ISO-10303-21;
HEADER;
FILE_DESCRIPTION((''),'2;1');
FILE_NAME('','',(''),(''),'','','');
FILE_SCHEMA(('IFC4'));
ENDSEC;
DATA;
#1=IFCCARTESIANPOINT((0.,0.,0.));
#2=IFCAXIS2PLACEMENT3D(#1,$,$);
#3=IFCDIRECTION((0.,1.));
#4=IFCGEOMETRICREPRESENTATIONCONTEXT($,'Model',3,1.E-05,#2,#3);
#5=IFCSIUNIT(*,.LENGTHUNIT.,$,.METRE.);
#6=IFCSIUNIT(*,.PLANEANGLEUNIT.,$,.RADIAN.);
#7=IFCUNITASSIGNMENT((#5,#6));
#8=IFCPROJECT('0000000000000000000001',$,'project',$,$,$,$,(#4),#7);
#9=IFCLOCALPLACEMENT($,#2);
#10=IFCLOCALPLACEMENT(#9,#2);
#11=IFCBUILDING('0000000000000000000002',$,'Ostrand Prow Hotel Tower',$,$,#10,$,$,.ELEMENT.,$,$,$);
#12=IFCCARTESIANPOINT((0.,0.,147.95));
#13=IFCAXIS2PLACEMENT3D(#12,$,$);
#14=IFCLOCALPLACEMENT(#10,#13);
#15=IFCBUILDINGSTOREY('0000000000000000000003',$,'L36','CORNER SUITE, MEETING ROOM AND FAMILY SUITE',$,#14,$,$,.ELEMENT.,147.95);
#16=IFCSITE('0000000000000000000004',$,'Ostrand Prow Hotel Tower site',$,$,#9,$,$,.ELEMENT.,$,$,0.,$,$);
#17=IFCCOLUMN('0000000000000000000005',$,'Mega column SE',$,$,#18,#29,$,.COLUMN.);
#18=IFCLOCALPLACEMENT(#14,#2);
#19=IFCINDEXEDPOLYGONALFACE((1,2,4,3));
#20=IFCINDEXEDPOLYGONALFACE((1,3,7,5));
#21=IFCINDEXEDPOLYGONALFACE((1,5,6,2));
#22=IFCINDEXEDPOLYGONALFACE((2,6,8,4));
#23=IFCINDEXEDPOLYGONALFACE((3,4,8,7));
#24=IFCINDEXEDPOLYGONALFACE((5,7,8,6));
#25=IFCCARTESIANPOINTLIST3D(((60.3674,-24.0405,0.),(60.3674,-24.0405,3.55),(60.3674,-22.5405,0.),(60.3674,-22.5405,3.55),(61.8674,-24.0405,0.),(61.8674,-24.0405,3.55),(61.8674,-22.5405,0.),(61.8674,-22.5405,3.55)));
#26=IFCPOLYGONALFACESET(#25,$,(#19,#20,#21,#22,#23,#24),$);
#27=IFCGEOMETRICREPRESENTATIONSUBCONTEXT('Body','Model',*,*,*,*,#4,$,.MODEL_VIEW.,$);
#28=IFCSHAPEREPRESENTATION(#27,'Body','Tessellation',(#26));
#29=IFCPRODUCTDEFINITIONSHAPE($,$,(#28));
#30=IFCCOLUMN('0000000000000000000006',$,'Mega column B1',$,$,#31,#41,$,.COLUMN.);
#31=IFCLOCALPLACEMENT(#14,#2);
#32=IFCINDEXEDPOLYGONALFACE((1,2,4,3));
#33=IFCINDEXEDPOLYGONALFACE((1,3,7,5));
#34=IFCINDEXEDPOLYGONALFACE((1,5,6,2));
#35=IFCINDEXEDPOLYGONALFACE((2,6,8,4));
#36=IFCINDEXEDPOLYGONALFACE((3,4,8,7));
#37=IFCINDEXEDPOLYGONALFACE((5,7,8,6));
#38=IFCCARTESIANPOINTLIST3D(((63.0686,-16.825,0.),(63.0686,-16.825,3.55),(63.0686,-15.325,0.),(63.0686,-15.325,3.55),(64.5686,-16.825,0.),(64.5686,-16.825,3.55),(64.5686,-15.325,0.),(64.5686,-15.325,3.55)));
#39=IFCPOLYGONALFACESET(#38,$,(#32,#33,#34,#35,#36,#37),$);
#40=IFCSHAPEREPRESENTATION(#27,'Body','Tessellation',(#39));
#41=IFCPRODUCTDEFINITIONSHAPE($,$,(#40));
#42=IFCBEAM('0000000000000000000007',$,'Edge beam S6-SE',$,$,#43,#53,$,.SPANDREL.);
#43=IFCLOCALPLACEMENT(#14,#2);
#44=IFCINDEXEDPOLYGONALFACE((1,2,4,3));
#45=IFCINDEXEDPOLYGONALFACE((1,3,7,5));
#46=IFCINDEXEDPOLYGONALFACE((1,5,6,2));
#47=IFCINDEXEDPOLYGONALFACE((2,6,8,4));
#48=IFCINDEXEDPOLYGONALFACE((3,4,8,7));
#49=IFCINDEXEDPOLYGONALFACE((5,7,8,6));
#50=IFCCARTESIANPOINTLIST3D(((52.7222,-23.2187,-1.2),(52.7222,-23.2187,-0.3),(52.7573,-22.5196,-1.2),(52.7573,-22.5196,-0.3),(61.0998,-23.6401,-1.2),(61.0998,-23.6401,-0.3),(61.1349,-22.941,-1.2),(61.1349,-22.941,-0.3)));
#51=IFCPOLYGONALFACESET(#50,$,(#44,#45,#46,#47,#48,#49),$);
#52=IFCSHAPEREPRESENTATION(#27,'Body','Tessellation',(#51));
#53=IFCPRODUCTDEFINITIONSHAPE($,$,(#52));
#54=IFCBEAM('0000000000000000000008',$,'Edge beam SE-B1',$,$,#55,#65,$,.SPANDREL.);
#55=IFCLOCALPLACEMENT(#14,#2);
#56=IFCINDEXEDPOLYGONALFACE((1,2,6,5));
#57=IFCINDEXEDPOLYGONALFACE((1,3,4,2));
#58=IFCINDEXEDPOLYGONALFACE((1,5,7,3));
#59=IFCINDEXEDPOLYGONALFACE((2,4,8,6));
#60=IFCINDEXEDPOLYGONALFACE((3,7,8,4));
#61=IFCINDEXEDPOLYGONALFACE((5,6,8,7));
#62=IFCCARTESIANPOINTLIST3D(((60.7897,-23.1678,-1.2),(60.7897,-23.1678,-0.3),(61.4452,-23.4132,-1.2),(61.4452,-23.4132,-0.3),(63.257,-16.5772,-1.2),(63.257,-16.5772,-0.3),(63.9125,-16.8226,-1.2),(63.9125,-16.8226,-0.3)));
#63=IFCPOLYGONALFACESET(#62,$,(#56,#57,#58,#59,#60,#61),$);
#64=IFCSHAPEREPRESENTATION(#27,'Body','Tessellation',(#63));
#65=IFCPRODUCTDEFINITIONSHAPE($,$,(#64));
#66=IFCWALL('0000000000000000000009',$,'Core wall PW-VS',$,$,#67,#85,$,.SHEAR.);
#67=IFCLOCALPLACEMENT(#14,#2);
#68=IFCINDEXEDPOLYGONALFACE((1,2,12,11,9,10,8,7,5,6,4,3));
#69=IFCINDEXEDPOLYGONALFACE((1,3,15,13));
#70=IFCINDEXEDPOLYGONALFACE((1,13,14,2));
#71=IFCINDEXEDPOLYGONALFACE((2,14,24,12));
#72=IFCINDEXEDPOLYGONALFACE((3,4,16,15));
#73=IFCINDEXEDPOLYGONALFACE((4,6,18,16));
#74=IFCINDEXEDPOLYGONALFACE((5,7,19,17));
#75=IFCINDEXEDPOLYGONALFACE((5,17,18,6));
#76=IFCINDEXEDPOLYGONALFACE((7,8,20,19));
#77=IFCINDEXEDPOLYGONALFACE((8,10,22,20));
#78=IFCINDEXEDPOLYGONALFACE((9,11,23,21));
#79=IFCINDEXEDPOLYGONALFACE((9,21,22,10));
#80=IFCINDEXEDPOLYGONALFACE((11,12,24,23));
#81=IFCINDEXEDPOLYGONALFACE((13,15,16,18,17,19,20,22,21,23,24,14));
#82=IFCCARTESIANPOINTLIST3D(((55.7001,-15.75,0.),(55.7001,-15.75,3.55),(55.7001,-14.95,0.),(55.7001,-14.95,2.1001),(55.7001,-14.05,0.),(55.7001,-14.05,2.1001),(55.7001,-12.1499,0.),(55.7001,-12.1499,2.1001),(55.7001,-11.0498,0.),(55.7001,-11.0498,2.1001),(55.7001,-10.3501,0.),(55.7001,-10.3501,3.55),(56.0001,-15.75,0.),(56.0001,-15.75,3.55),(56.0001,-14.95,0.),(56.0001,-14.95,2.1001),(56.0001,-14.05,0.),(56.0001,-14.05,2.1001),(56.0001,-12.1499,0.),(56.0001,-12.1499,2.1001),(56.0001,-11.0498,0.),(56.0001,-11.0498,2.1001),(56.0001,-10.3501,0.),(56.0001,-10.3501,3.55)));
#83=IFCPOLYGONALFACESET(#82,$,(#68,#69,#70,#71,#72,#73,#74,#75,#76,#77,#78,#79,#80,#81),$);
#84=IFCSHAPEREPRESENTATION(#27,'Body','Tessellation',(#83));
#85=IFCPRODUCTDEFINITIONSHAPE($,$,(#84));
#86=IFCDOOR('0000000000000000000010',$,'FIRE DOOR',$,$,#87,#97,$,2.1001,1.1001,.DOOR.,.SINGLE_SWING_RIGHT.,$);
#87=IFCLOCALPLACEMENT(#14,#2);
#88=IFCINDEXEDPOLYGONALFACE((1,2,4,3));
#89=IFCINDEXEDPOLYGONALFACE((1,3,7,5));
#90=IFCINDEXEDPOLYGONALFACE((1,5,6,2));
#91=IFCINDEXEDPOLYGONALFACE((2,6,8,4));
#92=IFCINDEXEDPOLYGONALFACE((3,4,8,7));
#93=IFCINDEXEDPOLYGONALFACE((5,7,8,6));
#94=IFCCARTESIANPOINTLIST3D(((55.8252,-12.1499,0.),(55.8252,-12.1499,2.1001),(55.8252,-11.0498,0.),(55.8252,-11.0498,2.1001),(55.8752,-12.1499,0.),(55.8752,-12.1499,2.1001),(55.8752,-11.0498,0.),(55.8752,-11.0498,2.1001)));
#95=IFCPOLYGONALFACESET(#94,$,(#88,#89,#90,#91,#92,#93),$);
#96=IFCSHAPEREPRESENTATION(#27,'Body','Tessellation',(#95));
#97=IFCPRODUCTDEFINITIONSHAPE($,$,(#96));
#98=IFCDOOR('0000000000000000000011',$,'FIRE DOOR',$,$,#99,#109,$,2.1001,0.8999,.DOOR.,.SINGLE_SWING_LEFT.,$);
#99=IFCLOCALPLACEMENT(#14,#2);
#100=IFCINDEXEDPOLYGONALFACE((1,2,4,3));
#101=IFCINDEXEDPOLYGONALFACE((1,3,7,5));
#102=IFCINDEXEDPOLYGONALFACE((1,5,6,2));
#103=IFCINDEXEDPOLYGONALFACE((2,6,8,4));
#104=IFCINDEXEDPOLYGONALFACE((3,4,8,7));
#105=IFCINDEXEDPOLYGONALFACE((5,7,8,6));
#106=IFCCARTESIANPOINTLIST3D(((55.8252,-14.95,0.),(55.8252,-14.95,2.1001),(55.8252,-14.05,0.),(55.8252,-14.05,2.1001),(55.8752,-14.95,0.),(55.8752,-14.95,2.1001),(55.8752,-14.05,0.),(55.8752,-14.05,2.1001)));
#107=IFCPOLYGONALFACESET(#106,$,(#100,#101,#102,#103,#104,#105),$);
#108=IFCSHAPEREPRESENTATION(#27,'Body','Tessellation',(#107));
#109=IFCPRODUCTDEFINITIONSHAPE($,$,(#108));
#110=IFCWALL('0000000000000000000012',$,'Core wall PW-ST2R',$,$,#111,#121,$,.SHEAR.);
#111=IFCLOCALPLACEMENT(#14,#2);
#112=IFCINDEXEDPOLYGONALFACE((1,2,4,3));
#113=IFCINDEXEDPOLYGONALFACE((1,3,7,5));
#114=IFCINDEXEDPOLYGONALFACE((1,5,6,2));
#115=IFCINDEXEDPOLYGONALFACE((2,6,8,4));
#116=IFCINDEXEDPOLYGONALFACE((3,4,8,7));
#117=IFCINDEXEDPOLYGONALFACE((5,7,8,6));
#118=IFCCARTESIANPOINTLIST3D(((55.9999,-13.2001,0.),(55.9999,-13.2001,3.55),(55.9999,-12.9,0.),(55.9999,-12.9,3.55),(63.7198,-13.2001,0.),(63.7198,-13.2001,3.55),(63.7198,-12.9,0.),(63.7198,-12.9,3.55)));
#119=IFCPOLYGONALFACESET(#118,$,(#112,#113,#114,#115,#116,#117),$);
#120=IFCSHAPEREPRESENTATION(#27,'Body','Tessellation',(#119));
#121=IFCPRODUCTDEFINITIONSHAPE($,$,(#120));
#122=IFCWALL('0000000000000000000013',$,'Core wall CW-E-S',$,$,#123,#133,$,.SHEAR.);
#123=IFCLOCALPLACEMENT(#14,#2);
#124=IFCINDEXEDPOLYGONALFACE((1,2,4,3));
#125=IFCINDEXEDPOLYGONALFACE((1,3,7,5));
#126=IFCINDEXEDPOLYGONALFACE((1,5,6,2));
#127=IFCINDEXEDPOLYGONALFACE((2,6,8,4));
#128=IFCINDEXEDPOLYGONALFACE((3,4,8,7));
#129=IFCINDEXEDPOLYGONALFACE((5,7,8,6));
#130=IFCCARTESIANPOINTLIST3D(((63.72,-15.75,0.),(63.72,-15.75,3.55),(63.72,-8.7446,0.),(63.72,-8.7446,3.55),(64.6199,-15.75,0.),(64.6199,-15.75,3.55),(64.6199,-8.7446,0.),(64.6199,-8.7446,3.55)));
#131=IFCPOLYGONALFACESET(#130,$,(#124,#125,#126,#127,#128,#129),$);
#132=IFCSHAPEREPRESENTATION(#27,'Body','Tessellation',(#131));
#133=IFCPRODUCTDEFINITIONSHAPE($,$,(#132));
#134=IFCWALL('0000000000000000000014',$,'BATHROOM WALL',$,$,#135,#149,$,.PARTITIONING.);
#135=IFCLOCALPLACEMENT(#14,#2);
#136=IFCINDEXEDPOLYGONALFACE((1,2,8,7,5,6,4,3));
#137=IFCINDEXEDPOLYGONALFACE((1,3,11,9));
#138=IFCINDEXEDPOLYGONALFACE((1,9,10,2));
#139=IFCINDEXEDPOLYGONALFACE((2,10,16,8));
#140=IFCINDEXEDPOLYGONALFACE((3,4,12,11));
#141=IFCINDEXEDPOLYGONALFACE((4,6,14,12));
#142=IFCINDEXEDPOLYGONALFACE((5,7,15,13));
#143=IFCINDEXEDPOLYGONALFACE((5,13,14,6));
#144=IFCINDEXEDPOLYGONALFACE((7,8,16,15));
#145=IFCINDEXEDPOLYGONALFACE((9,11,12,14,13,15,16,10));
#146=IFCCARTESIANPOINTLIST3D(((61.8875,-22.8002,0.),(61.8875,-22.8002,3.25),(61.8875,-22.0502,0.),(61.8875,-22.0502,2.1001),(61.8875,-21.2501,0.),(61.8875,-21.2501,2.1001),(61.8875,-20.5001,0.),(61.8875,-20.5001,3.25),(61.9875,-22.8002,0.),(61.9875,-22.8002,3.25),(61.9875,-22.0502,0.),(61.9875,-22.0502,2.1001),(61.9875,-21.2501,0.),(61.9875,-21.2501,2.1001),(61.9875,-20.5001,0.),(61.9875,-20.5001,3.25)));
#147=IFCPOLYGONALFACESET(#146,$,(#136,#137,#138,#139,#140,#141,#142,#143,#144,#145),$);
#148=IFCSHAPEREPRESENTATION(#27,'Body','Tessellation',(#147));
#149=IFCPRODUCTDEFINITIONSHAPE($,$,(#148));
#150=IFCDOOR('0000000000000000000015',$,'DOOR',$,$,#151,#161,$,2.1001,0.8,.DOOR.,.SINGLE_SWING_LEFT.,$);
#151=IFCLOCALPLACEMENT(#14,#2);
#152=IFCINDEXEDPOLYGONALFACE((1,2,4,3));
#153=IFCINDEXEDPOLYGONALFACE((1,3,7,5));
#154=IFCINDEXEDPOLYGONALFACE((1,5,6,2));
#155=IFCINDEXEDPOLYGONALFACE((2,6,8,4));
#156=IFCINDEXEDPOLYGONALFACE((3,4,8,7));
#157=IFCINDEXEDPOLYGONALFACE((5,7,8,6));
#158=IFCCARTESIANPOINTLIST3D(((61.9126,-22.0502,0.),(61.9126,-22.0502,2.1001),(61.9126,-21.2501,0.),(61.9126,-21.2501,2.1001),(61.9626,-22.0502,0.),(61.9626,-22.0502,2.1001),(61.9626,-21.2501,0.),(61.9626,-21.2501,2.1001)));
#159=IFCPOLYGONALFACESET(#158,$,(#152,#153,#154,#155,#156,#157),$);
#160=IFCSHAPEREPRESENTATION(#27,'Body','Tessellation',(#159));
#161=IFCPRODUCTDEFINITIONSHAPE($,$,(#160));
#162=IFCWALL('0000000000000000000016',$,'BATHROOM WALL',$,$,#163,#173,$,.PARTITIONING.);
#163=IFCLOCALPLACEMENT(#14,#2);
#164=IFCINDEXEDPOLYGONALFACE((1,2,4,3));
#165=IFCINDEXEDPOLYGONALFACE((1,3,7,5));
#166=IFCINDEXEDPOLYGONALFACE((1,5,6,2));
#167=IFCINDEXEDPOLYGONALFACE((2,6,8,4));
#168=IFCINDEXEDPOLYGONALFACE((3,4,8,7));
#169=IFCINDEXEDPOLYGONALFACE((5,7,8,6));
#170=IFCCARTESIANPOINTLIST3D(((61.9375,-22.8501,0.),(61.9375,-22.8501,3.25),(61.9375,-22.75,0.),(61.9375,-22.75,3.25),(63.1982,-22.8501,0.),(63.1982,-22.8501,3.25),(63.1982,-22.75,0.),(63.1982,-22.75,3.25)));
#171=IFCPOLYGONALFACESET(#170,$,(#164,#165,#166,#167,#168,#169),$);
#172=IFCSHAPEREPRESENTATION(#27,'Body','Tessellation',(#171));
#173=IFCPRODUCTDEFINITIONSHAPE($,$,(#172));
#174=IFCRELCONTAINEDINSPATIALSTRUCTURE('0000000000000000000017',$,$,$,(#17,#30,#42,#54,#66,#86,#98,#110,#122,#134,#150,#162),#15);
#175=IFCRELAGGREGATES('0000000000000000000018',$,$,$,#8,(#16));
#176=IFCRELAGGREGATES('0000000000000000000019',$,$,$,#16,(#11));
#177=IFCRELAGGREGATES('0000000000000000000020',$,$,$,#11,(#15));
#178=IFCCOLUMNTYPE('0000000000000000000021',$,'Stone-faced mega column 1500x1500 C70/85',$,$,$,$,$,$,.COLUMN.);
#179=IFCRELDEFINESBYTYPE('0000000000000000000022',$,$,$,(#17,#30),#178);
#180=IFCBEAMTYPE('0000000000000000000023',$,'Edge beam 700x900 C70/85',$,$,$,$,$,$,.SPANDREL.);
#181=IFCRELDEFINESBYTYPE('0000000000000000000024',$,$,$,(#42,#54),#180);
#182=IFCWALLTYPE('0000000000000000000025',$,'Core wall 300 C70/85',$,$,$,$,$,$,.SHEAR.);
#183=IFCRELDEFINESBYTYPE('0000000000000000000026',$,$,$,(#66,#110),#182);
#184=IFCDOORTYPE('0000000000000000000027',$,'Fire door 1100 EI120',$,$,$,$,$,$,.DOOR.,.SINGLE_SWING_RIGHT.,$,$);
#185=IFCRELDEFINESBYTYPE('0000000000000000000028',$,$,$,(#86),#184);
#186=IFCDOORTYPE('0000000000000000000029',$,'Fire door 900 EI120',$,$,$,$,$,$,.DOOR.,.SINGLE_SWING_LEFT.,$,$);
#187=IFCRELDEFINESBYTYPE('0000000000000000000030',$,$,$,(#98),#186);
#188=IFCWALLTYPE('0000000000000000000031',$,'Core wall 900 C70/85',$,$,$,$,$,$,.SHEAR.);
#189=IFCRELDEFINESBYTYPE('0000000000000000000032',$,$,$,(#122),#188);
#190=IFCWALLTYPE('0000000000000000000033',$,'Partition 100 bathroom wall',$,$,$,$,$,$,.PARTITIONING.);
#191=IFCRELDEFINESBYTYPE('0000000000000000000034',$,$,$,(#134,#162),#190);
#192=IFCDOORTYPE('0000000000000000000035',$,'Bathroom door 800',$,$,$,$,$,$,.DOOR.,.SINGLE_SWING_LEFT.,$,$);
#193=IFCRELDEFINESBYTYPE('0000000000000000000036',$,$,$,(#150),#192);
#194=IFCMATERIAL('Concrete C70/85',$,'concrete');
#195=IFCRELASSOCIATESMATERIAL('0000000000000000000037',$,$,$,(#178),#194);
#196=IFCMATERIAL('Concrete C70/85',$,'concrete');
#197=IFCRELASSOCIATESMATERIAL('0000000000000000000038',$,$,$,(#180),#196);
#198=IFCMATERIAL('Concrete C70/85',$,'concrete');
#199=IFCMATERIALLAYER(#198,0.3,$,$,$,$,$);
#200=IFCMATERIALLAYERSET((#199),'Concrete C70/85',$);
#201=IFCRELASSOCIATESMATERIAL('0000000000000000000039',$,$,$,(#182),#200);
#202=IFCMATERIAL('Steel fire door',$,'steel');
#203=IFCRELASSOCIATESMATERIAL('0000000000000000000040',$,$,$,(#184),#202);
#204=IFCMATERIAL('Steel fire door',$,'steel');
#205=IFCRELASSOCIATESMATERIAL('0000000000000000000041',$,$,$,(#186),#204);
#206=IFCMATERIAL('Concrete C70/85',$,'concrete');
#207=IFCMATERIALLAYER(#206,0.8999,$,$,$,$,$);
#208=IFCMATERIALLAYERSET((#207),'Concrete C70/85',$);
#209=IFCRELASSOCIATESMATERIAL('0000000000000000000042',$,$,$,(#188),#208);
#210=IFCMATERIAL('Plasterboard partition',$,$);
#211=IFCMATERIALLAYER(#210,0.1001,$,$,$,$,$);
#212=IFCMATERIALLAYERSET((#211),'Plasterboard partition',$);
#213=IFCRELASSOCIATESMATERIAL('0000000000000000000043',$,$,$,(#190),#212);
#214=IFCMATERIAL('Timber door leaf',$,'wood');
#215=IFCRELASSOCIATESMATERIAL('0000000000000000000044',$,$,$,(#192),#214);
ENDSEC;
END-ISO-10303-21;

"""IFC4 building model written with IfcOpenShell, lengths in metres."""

from ifc_helpers import new_model, si_unit, direction, frame, frame_2d, origin, origin_2d, place, context, subcontext, project, spatial, rectangle, extrude, material, layer, layer_set, material_profile, profile_set, type_object, element, fill, save


model = new_model("IFC4")

# Units and contexts
model_context = context("Model", 3, precision=1e-05, world=origin(), true_north=direction((0.0, 1.0)))
body_context = subcontext(model_context, "Body", "Model", "MODEL_VIEW")
ifc_project = project(units=[si_unit("LENGTHUNIT", "METRE"), si_unit("PLANEANGLEUNIT", "RADIAN")], contexts=[model_context])

# Site, building, storey
site_placement = place(None, origin())
site = spatial("IfcSite", under=ifc_project, at=site_placement, Name="Ostrand Prow Hotel Tower site", CompositionType="ELEMENT", RefElevation=0.0)
building_placement = place(site_placement, origin())
building = spatial("IfcBuilding", under=site, at=building_placement, Name="Ostrand Prow Hotel Tower", CompositionType="ELEMENT")
storey_placement = place(building_placement, frame((0.0, 0.0, 147.95)))
storey = spatial("IfcBuildingStorey", under=building, at=storey_placement, Name="L36", Description="CORNER SUITE, MEETING ROOM AND FAMILY SUITE", CompositionType="ELEMENT", Elevation=147.95)

# Columns
ifc_material_1 = material(Name="Concrete C70/85", Category="concrete")
ifc_material_profile_1 = material_profile(ifc_material_1, rectangle(XDim=1.5, YDim=1.5, at=origin_2d()), Name="RC 1500x1500")
ifc_profile_set_1 = profile_set([ifc_material_profile_1], Name="Concrete C70/85")
column_type = type_object("IfcColumnType", Name="Stone-faced mega column 1500x1500 C70/85", PredefinedType="COLUMN", material=ifc_profile_set_1)
for number, where, z_axis, x_axis, name in (
    (1, (61.1174, -23.2905, 0.0), (0.0, 0.0, 1.0), (1.0, 0.0, 0.0), "Mega column SE"),
    (2, (63.8186, -16.075, 0.0), (0.0, 0.0, 1.0), (1.0, 0.0, 0.0), "Mega column B1"),
):
    element("IfcColumn", number, at=place(storey_placement, frame(where, z_axis=z_axis, x_axis=x_axis)), inside=storey, type_object=column_type, Name=name, PredefinedType="COLUMN", context=body_context, shape_type="SweptSolid", body=[
        extrude(rectangle(XDim=1.5, YDim=1.5, at=origin_2d()), origin(), (0.0, 0.0, 1.0), 3.55),
    ])

# Beams
ifc_material_2 = material(Name="Concrete C70/85", Category="concrete")
ifc_material_profile_2 = material_profile(ifc_material_2, rectangle(XDim=0.7, YDim=0.8999, at=origin_2d()), Name="RC 700x900")
ifc_profile_set_2 = profile_set([ifc_material_profile_2], Name="Concrete C70/85")
beam_type = type_object("IfcBeamType", Name="Edge beam 700x900 C70/85", PredefinedType="SPANDREL", material=ifc_profile_set_2)
beam_1_placement = place(storey_placement, frame((52.7397, -22.8691, -0.75), z_axis=(0.998737, -0.050235, 0.0), x_axis=(0.050235, 0.998737, 0.0)))
element("IfcBeam", 3, at=beam_1_placement, inside=storey, type_object=beam_type, Name="Edge beam S6-SE", PredefinedType="SPANDREL", context=body_context, shape_type="SweptSolid", body=[
    extrude(rectangle(XDim=0.7, YDim=0.8999, at=origin_2d()), origin(), (0.0, 0.0, 1.0), 8.3882),
])
beam_2_placement = place(storey_placement, frame((61.1174, -23.2905, -0.75), z_axis=(0.350603, 0.936524, 0.0), x_axis=(-0.936524, 0.350603, 0.0)))
element("IfcBeam", 4, at=beam_2_placement, inside=storey, type_object=beam_type, Name="Edge beam SE-B1", PredefinedType="SPANDREL", context=body_context, shape_type="SweptSolid", body=[
    extrude(rectangle(XDim=0.7, YDim=0.8999, at=origin_2d()), origin(), (0.0, 0.0, 1.0), 7.0374),
])

# Wall, openings, doors
ifc_material_3 = material(Name="Concrete C70/85", Category="concrete")
ifc_layer_1 = layer(ifc_material_3, 0.3)
ifc_layer_set_1 = layer_set([ifc_layer_1], Name="Concrete C70/85")
wall_type_1 = type_object("IfcWallType", Name="Core wall 300 C70/85", PredefinedType="SHEAR", material=ifc_layer_set_1)
wall_1_placement = place(storey_placement, frame((55.8501, -15.75, 0.0), z_axis=(0.0, 0.0, 1.0), x_axis=(0.0, 1.0, 0.0)))
wall_1 = element("IfcWall", 5, at=wall_1_placement, inside=storey, type_object=wall_type_1, Name="Core wall PW-VS", PredefinedType="SHEAR", context=body_context, shape_type="SweptSolid", body=[
    extrude(rectangle(XDim=5.3999, YDim=0.3, at=frame_2d((2.7, 0.0))), origin(), (0.0, 0.0, 1.0), 3.55),
])
opening_1_placement = place(wall_1_placement, frame((3.6001, 0.0, 0.0)))
opening_1 = element("IfcOpeningElement", 6, at=opening_1_placement, cuts=wall_1, PredefinedType="OPENING", context=body_context, shape_type="SweptSolid", body=[
    extrude(rectangle(XDim=1.1001, YDim=2.1001, at=frame_2d((0.55, 1.05))), frame((0.0, 0.1599, 0.0), z_axis=(0.0, -1.0, 0.0), x_axis=(1.0, 0.0, 0.0)), (0.0, 0.0, 1.0), 0.3201),
])
opening_2_placement = place(wall_1_placement, frame((0.8, 0.0, 0.0)))
opening_2 = element("IfcOpeningElement", 7, at=opening_2_placement, cuts=wall_1, PredefinedType="OPENING", context=body_context, shape_type="SweptSolid", body=[
    extrude(rectangle(XDim=0.8999, YDim=2.1001, at=frame_2d((0.45, 1.05))), frame((0.0, 0.1599, 0.0), z_axis=(0.0, -1.0, 0.0), x_axis=(1.0, 0.0, 0.0)), (0.0, 0.0, 1.0), 0.3201),
])
ifc_material_4 = material(Name="Steel fire door", Category="steel")
door_type_1 = type_object("IfcDoorType", Name="Fire door 1100 EI120", OperationType="SINGLE_SWING_RIGHT", PredefinedType="DOOR", material=ifc_material_4)
door_1_placement = place(opening_1_placement, origin())
door_1 = element("IfcDoor", 8, at=door_1_placement, inside=storey, type_object=door_type_1, Name="FIRE DOOR", OperationType="SINGLE_SWING_RIGHT", OverallHeight=2.1001, OverallWidth=1.1001, PredefinedType="DOOR", context=body_context, shape_type="SweptSolid", body=[
    extrude(rectangle(XDim=1.1001, YDim=2.1001, at=frame_2d((0.55, 1.05))), frame((0.0, 0.0249, 0.0), z_axis=(0.0, -1.0, 0.0), x_axis=(1.0, 0.0, 0.0)), (0.0, 0.0, 1.0), 0.05),
])
fill(opening_1, door_1)
ifc_material_5 = material(Name="Steel fire door", Category="steel")
door_type_2 = type_object("IfcDoorType", Name="Fire door 900 EI120", OperationType="SINGLE_SWING_LEFT", PredefinedType="DOOR", material=ifc_material_5)
door_2_placement = place(opening_2_placement, origin())
door_2 = element("IfcDoor", 9, at=door_2_placement, inside=storey, type_object=door_type_2, Name="FIRE DOOR", OperationType="SINGLE_SWING_LEFT", OverallHeight=2.1001, OverallWidth=0.8999, PredefinedType="DOOR", context=body_context, shape_type="SweptSolid", body=[
    extrude(rectangle(XDim=0.8999, YDim=2.1001, at=frame_2d((0.45, 1.05))), frame((0.0, 0.0249, 0.0), z_axis=(0.0, -1.0, 0.0), x_axis=(1.0, 0.0, 0.0)), (0.0, 0.0, 1.0), 0.05),
])
fill(opening_2, door_2)

# Walls
wall_2_placement = place(storey_placement, frame((56.0, -13.05, 0.0), z_axis=(0.0, 0.0, 1.0), x_axis=(1.0, 0.0, 0.0)))
element("IfcWall", 10, at=wall_2_placement, inside=storey, type_object=wall_type_1, Name="Core wall PW-ST2R", PredefinedType="SHEAR", context=body_context, shape_type="SweptSolid", body=[
    extrude(rectangle(XDim=7.72, YDim=0.3, at=frame_2d((3.8599, 0.0))), origin(), (0.0, 0.0, 1.0), 3.55),
])
ifc_material_6 = material(Name="Concrete C70/85", Category="concrete")
ifc_layer_2 = layer(ifc_material_6, 0.8999)
ifc_layer_set_2 = layer_set([ifc_layer_2], Name="Concrete C70/85")
wall_type_2 = type_object("IfcWallType", Name="Core wall 900 C70/85", PredefinedType="SHEAR", material=ifc_layer_set_2)
wall_3_placement = place(storey_placement, frame((64.1699, -15.75, 0.0), z_axis=(0.0, 0.0, 1.0), x_axis=(0.0, 1.0, 0.0)))
element("IfcWall", 11, at=wall_3_placement, inside=storey, type_object=wall_type_2, Name="Core wall CW-E-S", PredefinedType="SHEAR", context=body_context, shape_type="SweptSolid", body=[
    extrude(rectangle(XDim=7.0054, YDim=0.8999, at=frame_2d((3.5027, 0.0))), origin(), (0.0, 0.0, 1.0), 3.55),
])

# Wall, opening, door
ifc_material_7 = material(Name="Plasterboard partition")
ifc_layer_3 = layer(ifc_material_7, 0.1001)
ifc_layer_set_3 = layer_set([ifc_layer_3], Name="Plasterboard partition")
wall_type_3 = type_object("IfcWallType", Name="Partition 100 bathroom wall", PredefinedType="PARTITIONING", material=ifc_layer_set_3)
wall_4_placement = place(storey_placement, frame((61.9375, -22.8, 0.0), z_axis=(0.0, 0.0, 1.0), x_axis=(0.0, 1.0, 0.0)))
wall_4 = element("IfcWall", 12, at=wall_4_placement, inside=storey, type_object=wall_type_3, Name="BATHROOM WALL", PredefinedType="PARTITIONING", context=body_context, shape_type="SweptSolid", body=[
    extrude(rectangle(XDim=2.3, YDim=0.1001, at=frame_2d((1.1499, 0.0))), origin(), (0.0, 0.0, 1.0), 3.25),
])
opening_3_placement = place(wall_4_placement, frame((0.75, 0.0, 0.0)))
opening_3 = element("IfcOpeningElement", 13, at=opening_3_placement, cuts=wall_4, PredefinedType="OPENING", context=body_context, shape_type="SweptSolid", body=[
    extrude(rectangle(XDim=0.8, YDim=2.1001, at=frame_2d((0.3999, 1.05))), frame((0.0, 0.0601, 0.0), z_axis=(0.0, -1.0, 0.0), x_axis=(1.0, 0.0, 0.0)), (0.0, 0.0, 1.0), 0.1201),
])
ifc_material_8 = material(Name="Timber door leaf", Category="wood")
door_type_3 = type_object("IfcDoorType", Name="Bathroom door 800", OperationType="SINGLE_SWING_LEFT", PredefinedType="DOOR", material=ifc_material_8)
door_3_placement = place(opening_3_placement, origin())
door_3 = element("IfcDoor", 14, at=door_3_placement, inside=storey, type_object=door_type_3, Name="DOOR", OperationType="SINGLE_SWING_LEFT", OverallHeight=2.1001, OverallWidth=0.8, PredefinedType="DOOR", context=body_context, shape_type="SweptSolid", body=[
    extrude(rectangle(XDim=0.8, YDim=2.1001, at=frame_2d((0.3999, 1.05))), frame((0.0, 0.0249, 0.0), z_axis=(0.0, -1.0, 0.0), x_axis=(1.0, 0.0, 0.0)), (0.0, 0.0, 1.0), 0.05),
])
fill(opening_3, door_3)

# Wall
wall_5_placement = place(storey_placement, frame((63.1982, -22.8, 0.0), z_axis=(0.0, 0.0, 1.0), x_axis=(-1.0, 0.0, 0.0)))
element("IfcWall", 15, at=wall_5_placement, inside=storey, type_object=wall_type_3, Name="BATHROOM WALL", PredefinedType="PARTITIONING", context=body_context, shape_type="SweptSolid", body=[
    extrude(rectangle(XDim=1.2607, YDim=0.1001, at=frame_2d((0.6304, 0.0))), origin(), (0.0, 0.0, 1.0), 3.25),
])

save(model, "model.ifc")
